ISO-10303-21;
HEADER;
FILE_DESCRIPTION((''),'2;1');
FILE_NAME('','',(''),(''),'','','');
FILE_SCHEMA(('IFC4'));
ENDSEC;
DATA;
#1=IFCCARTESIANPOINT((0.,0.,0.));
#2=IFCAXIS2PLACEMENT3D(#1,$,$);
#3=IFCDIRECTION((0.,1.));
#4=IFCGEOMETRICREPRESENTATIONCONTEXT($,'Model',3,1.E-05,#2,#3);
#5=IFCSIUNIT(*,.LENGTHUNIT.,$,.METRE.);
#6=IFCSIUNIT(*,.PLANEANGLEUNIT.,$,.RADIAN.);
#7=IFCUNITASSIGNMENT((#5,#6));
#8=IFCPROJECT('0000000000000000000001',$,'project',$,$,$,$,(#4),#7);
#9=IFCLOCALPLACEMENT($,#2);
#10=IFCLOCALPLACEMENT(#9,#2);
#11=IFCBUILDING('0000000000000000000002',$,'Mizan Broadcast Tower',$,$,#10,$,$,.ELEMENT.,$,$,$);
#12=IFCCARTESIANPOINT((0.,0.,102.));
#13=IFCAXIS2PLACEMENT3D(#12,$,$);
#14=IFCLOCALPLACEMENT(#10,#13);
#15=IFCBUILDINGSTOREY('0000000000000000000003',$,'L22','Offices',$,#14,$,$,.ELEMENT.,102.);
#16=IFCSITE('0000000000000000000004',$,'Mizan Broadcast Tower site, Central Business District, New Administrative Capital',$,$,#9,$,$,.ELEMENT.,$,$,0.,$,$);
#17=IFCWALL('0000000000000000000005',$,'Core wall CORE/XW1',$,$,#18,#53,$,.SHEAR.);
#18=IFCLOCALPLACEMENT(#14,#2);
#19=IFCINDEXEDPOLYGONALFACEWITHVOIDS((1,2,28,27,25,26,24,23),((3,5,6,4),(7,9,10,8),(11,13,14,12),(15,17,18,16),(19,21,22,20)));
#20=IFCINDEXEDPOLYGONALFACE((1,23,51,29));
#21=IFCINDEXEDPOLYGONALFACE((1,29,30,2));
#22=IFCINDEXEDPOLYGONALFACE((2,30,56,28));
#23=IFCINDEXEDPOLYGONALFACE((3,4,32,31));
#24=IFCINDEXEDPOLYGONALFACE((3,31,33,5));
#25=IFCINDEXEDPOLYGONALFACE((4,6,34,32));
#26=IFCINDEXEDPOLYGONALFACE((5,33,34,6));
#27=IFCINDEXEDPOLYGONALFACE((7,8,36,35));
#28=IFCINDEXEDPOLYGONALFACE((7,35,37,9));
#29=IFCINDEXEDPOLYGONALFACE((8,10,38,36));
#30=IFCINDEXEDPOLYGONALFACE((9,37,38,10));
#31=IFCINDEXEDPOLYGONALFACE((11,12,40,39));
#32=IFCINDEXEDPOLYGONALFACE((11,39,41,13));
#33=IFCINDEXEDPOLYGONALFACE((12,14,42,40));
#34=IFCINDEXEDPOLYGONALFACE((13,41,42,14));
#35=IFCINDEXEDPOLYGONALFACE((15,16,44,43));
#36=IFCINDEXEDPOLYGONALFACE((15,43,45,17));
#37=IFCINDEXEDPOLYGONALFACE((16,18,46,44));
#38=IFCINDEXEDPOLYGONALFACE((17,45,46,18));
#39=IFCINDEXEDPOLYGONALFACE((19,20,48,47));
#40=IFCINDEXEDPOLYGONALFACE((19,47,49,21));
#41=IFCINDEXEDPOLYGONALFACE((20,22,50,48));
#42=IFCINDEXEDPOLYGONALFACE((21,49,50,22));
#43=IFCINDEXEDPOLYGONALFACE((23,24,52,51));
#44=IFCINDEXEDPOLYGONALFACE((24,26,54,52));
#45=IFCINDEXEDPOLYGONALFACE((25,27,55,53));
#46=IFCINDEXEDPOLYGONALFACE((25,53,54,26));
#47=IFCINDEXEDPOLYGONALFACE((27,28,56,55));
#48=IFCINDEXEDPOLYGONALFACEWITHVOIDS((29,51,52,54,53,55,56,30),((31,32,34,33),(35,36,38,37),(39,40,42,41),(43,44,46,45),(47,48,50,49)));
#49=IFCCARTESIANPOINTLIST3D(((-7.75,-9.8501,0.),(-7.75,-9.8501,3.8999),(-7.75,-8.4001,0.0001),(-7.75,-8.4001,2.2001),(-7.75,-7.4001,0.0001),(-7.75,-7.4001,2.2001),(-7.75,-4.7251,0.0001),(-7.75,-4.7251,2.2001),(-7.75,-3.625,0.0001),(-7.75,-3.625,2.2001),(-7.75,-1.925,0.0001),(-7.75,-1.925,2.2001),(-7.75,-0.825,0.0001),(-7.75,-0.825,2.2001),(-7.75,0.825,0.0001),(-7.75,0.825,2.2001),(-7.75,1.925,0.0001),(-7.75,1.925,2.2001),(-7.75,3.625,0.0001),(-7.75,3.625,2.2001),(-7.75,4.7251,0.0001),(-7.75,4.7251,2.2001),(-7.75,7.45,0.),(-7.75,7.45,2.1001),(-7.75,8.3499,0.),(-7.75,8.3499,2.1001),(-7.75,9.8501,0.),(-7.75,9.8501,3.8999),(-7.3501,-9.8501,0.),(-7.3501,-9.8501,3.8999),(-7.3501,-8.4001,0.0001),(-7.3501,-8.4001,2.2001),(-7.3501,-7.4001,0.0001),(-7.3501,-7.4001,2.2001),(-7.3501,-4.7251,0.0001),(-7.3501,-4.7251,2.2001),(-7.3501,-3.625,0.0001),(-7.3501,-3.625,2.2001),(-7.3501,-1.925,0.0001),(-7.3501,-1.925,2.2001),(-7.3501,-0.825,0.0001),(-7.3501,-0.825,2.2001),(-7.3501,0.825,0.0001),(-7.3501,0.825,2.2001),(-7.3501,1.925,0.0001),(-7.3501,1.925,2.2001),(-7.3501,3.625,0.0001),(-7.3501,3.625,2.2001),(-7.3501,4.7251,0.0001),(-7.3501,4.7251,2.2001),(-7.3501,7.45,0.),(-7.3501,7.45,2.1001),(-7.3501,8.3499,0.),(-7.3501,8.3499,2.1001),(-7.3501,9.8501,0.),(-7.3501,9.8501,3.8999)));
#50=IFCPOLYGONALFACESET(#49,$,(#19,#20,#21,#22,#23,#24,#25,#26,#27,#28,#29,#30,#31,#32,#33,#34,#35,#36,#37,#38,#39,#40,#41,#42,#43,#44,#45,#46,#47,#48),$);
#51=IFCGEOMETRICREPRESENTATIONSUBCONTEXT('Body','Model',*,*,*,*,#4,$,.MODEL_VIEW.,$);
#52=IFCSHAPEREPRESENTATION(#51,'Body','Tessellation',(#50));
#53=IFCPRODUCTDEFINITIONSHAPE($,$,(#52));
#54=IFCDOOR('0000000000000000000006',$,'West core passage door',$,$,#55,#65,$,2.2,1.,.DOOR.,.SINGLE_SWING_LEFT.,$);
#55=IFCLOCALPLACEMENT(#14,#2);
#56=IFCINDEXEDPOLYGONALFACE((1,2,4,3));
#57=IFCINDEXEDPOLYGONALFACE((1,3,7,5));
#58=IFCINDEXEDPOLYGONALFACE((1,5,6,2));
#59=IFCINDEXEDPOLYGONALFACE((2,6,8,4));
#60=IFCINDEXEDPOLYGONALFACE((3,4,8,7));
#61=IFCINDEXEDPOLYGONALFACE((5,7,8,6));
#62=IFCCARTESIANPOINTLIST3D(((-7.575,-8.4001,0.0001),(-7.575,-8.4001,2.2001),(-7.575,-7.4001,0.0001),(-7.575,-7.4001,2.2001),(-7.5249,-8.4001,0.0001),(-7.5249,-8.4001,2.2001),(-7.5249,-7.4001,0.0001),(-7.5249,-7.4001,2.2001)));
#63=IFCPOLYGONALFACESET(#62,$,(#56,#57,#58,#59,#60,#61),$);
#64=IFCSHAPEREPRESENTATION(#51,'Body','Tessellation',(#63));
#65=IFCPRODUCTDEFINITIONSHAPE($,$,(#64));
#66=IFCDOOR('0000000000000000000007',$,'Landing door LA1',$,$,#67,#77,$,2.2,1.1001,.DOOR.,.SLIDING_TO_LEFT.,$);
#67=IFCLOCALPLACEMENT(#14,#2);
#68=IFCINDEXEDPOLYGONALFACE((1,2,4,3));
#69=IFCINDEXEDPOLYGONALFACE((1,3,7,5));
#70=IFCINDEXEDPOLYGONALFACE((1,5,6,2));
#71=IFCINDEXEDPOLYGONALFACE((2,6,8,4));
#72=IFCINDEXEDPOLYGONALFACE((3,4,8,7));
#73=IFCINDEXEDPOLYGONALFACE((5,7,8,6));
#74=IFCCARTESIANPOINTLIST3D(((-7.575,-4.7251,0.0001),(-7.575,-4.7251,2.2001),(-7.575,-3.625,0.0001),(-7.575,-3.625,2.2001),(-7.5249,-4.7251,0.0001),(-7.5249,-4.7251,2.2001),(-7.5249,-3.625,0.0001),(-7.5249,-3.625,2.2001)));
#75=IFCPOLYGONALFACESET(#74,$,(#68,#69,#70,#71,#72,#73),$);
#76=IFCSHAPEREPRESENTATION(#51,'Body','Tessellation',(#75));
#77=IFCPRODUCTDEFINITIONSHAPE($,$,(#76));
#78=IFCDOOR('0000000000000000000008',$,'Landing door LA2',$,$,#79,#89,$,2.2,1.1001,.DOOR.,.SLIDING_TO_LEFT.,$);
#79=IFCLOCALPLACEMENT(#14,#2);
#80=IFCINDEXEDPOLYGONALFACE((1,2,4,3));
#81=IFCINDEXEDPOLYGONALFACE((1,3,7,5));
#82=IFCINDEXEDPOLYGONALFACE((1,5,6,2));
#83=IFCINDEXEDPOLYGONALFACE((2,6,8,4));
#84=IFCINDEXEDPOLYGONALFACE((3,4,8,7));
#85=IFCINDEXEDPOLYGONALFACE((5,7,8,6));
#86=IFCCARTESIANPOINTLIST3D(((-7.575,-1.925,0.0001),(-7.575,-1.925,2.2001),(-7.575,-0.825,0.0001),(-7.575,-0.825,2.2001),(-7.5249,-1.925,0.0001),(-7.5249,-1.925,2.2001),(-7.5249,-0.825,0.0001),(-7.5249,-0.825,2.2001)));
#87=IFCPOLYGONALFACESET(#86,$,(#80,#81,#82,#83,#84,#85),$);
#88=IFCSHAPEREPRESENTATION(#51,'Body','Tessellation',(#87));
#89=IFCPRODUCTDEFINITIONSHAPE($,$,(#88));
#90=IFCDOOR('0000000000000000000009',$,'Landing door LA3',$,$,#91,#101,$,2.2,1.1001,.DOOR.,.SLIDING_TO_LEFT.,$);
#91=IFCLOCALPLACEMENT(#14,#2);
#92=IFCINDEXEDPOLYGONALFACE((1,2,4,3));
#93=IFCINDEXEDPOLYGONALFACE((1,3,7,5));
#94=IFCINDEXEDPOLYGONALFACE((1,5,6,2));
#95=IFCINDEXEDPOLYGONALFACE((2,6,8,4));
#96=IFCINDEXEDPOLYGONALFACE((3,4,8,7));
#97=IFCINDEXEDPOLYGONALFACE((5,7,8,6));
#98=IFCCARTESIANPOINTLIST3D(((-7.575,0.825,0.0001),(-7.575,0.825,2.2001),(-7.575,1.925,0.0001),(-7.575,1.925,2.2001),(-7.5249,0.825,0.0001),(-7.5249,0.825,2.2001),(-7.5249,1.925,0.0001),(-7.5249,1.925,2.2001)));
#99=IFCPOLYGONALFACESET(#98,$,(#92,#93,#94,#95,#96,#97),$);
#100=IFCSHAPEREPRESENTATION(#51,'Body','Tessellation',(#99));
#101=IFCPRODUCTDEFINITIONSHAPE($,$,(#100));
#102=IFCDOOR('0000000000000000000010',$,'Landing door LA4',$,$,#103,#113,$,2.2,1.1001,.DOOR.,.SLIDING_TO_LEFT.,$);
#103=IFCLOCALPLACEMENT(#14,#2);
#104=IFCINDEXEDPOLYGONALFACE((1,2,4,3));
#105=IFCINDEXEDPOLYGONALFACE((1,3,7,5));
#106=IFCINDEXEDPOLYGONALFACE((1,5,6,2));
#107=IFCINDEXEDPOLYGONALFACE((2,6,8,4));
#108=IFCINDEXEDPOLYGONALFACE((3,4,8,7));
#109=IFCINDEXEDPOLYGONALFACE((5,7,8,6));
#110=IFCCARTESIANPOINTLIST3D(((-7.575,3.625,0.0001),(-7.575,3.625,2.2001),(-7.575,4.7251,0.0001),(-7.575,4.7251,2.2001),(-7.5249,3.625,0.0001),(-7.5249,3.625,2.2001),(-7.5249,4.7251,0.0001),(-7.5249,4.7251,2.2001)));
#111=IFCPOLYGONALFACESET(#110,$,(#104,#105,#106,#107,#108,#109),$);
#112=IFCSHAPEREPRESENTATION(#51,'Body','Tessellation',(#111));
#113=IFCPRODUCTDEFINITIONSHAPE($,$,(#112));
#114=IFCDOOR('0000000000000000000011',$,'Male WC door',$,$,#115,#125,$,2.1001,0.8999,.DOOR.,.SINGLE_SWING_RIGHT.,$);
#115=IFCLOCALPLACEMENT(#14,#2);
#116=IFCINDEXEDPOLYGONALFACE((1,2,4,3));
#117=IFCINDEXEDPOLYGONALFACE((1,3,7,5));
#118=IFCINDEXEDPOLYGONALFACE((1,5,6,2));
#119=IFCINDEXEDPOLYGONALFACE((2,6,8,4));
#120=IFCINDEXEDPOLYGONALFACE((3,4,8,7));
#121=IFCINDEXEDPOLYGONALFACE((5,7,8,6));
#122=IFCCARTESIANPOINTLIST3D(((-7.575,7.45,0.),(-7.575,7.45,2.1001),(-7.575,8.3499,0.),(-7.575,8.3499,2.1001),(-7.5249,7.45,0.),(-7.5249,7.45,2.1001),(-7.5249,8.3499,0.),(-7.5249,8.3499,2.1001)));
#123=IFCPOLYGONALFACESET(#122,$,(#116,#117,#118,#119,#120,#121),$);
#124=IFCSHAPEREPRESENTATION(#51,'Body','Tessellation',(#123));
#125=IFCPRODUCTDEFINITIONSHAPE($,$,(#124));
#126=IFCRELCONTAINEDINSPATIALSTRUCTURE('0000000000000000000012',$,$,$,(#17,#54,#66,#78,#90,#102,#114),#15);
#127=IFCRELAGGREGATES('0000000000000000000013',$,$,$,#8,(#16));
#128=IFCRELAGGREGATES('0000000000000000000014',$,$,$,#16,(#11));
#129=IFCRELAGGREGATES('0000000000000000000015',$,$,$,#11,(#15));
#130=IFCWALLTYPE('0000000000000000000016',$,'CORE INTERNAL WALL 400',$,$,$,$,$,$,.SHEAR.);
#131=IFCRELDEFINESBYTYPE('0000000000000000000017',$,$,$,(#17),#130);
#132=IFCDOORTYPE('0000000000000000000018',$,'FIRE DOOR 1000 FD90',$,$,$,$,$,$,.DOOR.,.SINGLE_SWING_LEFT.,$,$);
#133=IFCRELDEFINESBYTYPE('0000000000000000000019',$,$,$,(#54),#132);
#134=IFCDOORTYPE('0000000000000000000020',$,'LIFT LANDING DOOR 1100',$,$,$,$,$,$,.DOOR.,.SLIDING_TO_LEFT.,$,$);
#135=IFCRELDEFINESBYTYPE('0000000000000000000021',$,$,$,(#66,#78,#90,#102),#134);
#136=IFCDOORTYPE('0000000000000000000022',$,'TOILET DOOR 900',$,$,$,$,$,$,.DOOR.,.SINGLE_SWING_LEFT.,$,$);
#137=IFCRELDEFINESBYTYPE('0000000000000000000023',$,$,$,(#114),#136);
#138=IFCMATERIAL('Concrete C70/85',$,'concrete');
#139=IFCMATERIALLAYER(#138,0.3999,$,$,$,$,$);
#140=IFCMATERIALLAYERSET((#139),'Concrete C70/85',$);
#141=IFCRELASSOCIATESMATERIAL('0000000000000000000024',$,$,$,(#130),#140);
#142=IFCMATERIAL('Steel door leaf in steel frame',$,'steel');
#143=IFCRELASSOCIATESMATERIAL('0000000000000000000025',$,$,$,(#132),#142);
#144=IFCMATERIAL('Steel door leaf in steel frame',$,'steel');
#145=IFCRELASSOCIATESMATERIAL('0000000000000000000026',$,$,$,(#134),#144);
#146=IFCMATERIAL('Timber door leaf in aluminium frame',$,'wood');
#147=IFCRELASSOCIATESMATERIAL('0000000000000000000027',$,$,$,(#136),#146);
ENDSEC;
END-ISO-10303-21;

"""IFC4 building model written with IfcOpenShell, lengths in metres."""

from ifc_helpers import new_model, si_unit, direction, frame, frame_2d, origin, place, context, subcontext, project, spatial, rectangle, extrude, material, layer, layer_set, type_object, element, fill, save


model = new_model("IFC4")

# Units and contexts
model_context = context("Model", 3, precision=1e-05, world=origin(), true_north=direction((0.0, 1.0)))
body_context = subcontext(model_context, "Body", "Model", "MODEL_VIEW")
ifc_project = project(units=[si_unit("LENGTHUNIT", "METRE"), si_unit("PLANEANGLEUNIT", "RADIAN")], contexts=[model_context])

# Site, building, storey
site_placement = place(None, origin())
site = spatial("IfcSite", under=ifc_project, at=site_placement, Name="Mizan Broadcast Tower site, Central Business District, New Administrative Capital", CompositionType="ELEMENT", RefElevation=0.0)
building_placement = place(site_placement, origin())
building = spatial("IfcBuilding", under=site, at=building_placement, Name="Mizan Broadcast Tower", CompositionType="ELEMENT")
storey_placement = place(building_placement, frame((0.0, 0.0, 102.0)))
storey = spatial("IfcBuildingStorey", under=building, at=storey_placement, Name="L22", Description="Offices", CompositionType="ELEMENT", Elevation=102.0)

# Wall, openings, doors
ifc_material_1 = material(Name="Concrete C70/85", Category="concrete")
ifc_layer_1 = layer(ifc_material_1, 0.3999)
ifc_layer_set_1 = layer_set([ifc_layer_1], Name="Concrete C70/85")
wall_type_1 = type_object("IfcWallType", Name="CORE INTERNAL WALL 400", PredefinedType="SHEAR", material=ifc_layer_set_1)
wall_1_placement = place(storey_placement, frame((-7.55, -9.8501, 0.0), z_axis=(0.0, 0.0, 1.0), x_axis=(0.0, 1.0, 0.0)))
wall_1 = element("IfcWall", 1, at=wall_1_placement, inside=storey, type_object=wall_type_1, Name="Core wall CORE/XW1", PredefinedType="SHEAR", context=body_context, shape_type="SweptSolid", body=[
    extrude(rectangle(XDim=19.7002, YDim=0.3999, at=frame_2d((9.8501, 0.0))), origin(), (0.0, 0.0, 1.0), 3.8999),
])
opening_1_placement = place(wall_1_placement, frame((1.45, 0.0, 0.0)))
opening_1 = element("IfcOpeningElement", 2, at=opening_1_placement, cuts=wall_1, PredefinedType="OPENING", context=body_context, shape_type="SweptSolid", body=[
    extrude(rectangle(XDim=1.0, YDim=2.2, at=frame_2d((0.5, 1.1001))), frame((0.0, 0.21, 0.0), z_axis=(0.0, -1.0, 0.0), x_axis=(1.0, 0.0, 0.0)), (0.0, 0.0, 1.0), 0.4199),
])
opening_2_placement = place(wall_1_placement, frame((17.3, 0.0, 0.0)))
opening_2 = element("IfcOpeningElement", 3, at=opening_2_placement, cuts=wall_1, PredefinedType="OPENING", context=body_context, shape_type="SweptSolid", body=[
    extrude(rectangle(XDim=0.8999, YDim=2.1001, at=frame_2d((0.45, 1.05))), frame((0.0, 0.21, 0.0), z_axis=(0.0, -1.0, 0.0), x_axis=(1.0, 0.0, 0.0)), (0.0, 0.0, 1.0), 0.4199),
])
opening_3_placement = place(wall_1_placement, frame((5.125, 0.0, 0.0)))
opening_3 = element("IfcOpeningElement", 4, at=opening_3_placement, cuts=wall_1, PredefinedType="OPENING", context=body_context, shape_type="SweptSolid", body=[
    extrude(rectangle(XDim=1.1001, YDim=2.2, at=frame_2d((0.55, 1.1001))), frame((0.0, 0.21, 0.0), z_axis=(0.0, -1.0, 0.0), x_axis=(1.0, 0.0, 0.0)), (0.0, 0.0, 1.0), 0.4199),
])
opening_4_placement = place(wall_1_placement, frame((7.925, 0.0, 0.0)))
opening_4 = element("IfcOpeningElement", 5, at=opening_4_placement, cuts=wall_1, PredefinedType="OPENING", context=body_context, shape_type="SweptSolid", body=[
    extrude(rectangle(XDim=1.1001, YDim=2.2, at=frame_2d((0.55, 1.1001))), frame((0.0, 0.21, 0.0), z_axis=(0.0, -1.0, 0.0), x_axis=(1.0, 0.0, 0.0)), (0.0, 0.0, 1.0), 0.4199),
])
opening_5_placement = place(wall_1_placement, frame((10.675, 0.0, 0.0)))
opening_5 = element("IfcOpeningElement", 6, at=opening_5_placement, cuts=wall_1, PredefinedType="OPENING", context=body_context, shape_type="SweptSolid", body=[
    extrude(rectangle(XDim=1.1001, YDim=2.2, at=frame_2d((0.55, 1.1001))), frame((0.0, 0.21, 0.0), z_axis=(0.0, -1.0, 0.0), x_axis=(1.0, 0.0, 0.0)), (0.0, 0.0, 1.0), 0.4199),
])
opening_6_placement = place(wall_1_placement, frame((13.4751, 0.0, 0.0)))
opening_6 = element("IfcOpeningElement", 7, at=opening_6_placement, cuts=wall_1, PredefinedType="OPENING", context=body_context, shape_type="SweptSolid", body=[
    extrude(rectangle(XDim=1.1001, YDim=2.2, at=frame_2d((0.55, 1.1001))), frame((0.0, 0.21, 0.0), z_axis=(0.0, -1.0, 0.0), x_axis=(1.0, 0.0, 0.0)), (0.0, 0.0, 1.0), 0.4199),
])
ifc_material_2 = material(Name="Steel door leaf in steel frame", Category="steel")
door_type_1 = type_object("IfcDoorType", Name="FIRE DOOR 1000 FD90", OperationType="SINGLE_SWING_LEFT", PredefinedType="DOOR", material=ifc_material_2)
door_1_placement = place(opening_1_placement, origin())
door_1 = element("IfcDoor", 8, at=door_1_placement, inside=storey, type_object=door_type_1, Name="West core passage door", OperationType="SINGLE_SWING_LEFT", OverallHeight=2.2, OverallWidth=1.0, PredefinedType="DOOR", context=body_context, shape_type="SweptSolid", body=[
    extrude(rectangle(XDim=1.0, YDim=2.2, at=frame_2d((0.5, 1.1001))), frame((0.0, 0.0249, 0.0), z_axis=(0.0, -1.0, 0.0), x_axis=(1.0, 0.0, 0.0)), (0.0, 0.0, 1.0), 0.05),
])
fill(opening_1, door_1)
ifc_material_3 = material(Name="Steel door leaf in steel frame", Category="steel")
door_type_2 = type_object("IfcDoorType", Name="LIFT LANDING DOOR 1100", OperationType="SLIDING_TO_LEFT", PredefinedType="DOOR", material=ifc_material_3)
door_2_placement = place(opening_3_placement, origin())
door_2 = element("IfcDoor", 9, at=door_2_placement, inside=storey, type_object=door_type_2, Name="Landing door LA1", OperationType="SLIDING_TO_LEFT", OverallHeight=2.2, OverallWidth=1.1001, PredefinedType="DOOR", context=body_context, shape_type="SweptSolid", body=[
    extrude(rectangle(XDim=1.1001, YDim=2.2, at=frame_2d((0.55, 1.1001))), frame((0.0, 0.0249, 0.0), z_axis=(0.0, -1.0, 0.0), x_axis=(1.0, 0.0, 0.0)), (0.0, 0.0, 1.0), 0.05),
])
fill(opening_3, door_2)
door_3_placement = place(opening_4_placement, origin())
door_3 = element("IfcDoor", 10, at=door_3_placement, inside=storey, type_object=door_type_2, Name="Landing door LA2", OperationType="SLIDING_TO_LEFT", OverallHeight=2.2, OverallWidth=1.1001, PredefinedType="DOOR", context=body_context, shape_type="SweptSolid", body=[
    extrude(rectangle(XDim=1.1001, YDim=2.2, at=frame_2d((0.55, 1.1001))), frame((0.0, 0.0249, 0.0), z_axis=(0.0, -1.0, 0.0), x_axis=(1.0, 0.0, 0.0)), (0.0, 0.0, 1.0), 0.05),
])
fill(opening_4, door_3)
door_4_placement = place(opening_5_placement, origin())
door_4 = element("IfcDoor", 11, at=door_4_placement, inside=storey, type_object=door_type_2, Name="Landing door LA3", OperationType="SLIDING_TO_LEFT", OverallHeight=2.2, OverallWidth=1.1001, PredefinedType="DOOR", context=body_context, shape_type="SweptSolid", body=[
    extrude(rectangle(XDim=1.1001, YDim=2.2, at=frame_2d((0.55, 1.1001))), frame((0.0, 0.0249, 0.0), z_axis=(0.0, -1.0, 0.0), x_axis=(1.0, 0.0, 0.0)), (0.0, 0.0, 1.0), 0.05),
])
fill(opening_5, door_4)
door_5_placement = place(opening_6_placement, origin())
door_5 = element("IfcDoor", 12, at=door_5_placement, inside=storey, type_object=door_type_2, Name="Landing door LA4", OperationType="SLIDING_TO_LEFT", OverallHeight=2.2, OverallWidth=1.1001, PredefinedType="DOOR", context=body_context, shape_type="SweptSolid", body=[
    extrude(rectangle(XDim=1.1001, YDim=2.2, at=frame_2d((0.55, 1.1001))), frame((0.0, 0.0249, 0.0), z_axis=(0.0, -1.0, 0.0), x_axis=(1.0, 0.0, 0.0)), (0.0, 0.0, 1.0), 0.05),
])
fill(opening_6, door_5)
ifc_material_4 = material(Name="Timber door leaf in aluminium frame", Category="wood")
door_type_3 = type_object("IfcDoorType", Name="TOILET DOOR 900", OperationType="SINGLE_SWING_LEFT", PredefinedType="DOOR", material=ifc_material_4)
door_6_placement = place(opening_2_placement, origin())
door_6 = element("IfcDoor", 13, at=door_6_placement, inside=storey, type_object=door_type_3, Name="Male WC door", OperationType="SINGLE_SWING_RIGHT", OverallHeight=2.1001, OverallWidth=0.8999, PredefinedType="DOOR", context=body_context, shape_type="SweptSolid", body=[
    extrude(rectangle(XDim=0.8999, YDim=2.1001, at=frame_2d((0.45, 1.05))), frame((0.0, 0.0249, 0.0), z_axis=(0.0, -1.0, 0.0), x_axis=(1.0, 0.0, 0.0)), (0.0, 0.0, 1.0), 0.05),
])
fill(opening_2, door_6)

save(model, "model.ifc")
